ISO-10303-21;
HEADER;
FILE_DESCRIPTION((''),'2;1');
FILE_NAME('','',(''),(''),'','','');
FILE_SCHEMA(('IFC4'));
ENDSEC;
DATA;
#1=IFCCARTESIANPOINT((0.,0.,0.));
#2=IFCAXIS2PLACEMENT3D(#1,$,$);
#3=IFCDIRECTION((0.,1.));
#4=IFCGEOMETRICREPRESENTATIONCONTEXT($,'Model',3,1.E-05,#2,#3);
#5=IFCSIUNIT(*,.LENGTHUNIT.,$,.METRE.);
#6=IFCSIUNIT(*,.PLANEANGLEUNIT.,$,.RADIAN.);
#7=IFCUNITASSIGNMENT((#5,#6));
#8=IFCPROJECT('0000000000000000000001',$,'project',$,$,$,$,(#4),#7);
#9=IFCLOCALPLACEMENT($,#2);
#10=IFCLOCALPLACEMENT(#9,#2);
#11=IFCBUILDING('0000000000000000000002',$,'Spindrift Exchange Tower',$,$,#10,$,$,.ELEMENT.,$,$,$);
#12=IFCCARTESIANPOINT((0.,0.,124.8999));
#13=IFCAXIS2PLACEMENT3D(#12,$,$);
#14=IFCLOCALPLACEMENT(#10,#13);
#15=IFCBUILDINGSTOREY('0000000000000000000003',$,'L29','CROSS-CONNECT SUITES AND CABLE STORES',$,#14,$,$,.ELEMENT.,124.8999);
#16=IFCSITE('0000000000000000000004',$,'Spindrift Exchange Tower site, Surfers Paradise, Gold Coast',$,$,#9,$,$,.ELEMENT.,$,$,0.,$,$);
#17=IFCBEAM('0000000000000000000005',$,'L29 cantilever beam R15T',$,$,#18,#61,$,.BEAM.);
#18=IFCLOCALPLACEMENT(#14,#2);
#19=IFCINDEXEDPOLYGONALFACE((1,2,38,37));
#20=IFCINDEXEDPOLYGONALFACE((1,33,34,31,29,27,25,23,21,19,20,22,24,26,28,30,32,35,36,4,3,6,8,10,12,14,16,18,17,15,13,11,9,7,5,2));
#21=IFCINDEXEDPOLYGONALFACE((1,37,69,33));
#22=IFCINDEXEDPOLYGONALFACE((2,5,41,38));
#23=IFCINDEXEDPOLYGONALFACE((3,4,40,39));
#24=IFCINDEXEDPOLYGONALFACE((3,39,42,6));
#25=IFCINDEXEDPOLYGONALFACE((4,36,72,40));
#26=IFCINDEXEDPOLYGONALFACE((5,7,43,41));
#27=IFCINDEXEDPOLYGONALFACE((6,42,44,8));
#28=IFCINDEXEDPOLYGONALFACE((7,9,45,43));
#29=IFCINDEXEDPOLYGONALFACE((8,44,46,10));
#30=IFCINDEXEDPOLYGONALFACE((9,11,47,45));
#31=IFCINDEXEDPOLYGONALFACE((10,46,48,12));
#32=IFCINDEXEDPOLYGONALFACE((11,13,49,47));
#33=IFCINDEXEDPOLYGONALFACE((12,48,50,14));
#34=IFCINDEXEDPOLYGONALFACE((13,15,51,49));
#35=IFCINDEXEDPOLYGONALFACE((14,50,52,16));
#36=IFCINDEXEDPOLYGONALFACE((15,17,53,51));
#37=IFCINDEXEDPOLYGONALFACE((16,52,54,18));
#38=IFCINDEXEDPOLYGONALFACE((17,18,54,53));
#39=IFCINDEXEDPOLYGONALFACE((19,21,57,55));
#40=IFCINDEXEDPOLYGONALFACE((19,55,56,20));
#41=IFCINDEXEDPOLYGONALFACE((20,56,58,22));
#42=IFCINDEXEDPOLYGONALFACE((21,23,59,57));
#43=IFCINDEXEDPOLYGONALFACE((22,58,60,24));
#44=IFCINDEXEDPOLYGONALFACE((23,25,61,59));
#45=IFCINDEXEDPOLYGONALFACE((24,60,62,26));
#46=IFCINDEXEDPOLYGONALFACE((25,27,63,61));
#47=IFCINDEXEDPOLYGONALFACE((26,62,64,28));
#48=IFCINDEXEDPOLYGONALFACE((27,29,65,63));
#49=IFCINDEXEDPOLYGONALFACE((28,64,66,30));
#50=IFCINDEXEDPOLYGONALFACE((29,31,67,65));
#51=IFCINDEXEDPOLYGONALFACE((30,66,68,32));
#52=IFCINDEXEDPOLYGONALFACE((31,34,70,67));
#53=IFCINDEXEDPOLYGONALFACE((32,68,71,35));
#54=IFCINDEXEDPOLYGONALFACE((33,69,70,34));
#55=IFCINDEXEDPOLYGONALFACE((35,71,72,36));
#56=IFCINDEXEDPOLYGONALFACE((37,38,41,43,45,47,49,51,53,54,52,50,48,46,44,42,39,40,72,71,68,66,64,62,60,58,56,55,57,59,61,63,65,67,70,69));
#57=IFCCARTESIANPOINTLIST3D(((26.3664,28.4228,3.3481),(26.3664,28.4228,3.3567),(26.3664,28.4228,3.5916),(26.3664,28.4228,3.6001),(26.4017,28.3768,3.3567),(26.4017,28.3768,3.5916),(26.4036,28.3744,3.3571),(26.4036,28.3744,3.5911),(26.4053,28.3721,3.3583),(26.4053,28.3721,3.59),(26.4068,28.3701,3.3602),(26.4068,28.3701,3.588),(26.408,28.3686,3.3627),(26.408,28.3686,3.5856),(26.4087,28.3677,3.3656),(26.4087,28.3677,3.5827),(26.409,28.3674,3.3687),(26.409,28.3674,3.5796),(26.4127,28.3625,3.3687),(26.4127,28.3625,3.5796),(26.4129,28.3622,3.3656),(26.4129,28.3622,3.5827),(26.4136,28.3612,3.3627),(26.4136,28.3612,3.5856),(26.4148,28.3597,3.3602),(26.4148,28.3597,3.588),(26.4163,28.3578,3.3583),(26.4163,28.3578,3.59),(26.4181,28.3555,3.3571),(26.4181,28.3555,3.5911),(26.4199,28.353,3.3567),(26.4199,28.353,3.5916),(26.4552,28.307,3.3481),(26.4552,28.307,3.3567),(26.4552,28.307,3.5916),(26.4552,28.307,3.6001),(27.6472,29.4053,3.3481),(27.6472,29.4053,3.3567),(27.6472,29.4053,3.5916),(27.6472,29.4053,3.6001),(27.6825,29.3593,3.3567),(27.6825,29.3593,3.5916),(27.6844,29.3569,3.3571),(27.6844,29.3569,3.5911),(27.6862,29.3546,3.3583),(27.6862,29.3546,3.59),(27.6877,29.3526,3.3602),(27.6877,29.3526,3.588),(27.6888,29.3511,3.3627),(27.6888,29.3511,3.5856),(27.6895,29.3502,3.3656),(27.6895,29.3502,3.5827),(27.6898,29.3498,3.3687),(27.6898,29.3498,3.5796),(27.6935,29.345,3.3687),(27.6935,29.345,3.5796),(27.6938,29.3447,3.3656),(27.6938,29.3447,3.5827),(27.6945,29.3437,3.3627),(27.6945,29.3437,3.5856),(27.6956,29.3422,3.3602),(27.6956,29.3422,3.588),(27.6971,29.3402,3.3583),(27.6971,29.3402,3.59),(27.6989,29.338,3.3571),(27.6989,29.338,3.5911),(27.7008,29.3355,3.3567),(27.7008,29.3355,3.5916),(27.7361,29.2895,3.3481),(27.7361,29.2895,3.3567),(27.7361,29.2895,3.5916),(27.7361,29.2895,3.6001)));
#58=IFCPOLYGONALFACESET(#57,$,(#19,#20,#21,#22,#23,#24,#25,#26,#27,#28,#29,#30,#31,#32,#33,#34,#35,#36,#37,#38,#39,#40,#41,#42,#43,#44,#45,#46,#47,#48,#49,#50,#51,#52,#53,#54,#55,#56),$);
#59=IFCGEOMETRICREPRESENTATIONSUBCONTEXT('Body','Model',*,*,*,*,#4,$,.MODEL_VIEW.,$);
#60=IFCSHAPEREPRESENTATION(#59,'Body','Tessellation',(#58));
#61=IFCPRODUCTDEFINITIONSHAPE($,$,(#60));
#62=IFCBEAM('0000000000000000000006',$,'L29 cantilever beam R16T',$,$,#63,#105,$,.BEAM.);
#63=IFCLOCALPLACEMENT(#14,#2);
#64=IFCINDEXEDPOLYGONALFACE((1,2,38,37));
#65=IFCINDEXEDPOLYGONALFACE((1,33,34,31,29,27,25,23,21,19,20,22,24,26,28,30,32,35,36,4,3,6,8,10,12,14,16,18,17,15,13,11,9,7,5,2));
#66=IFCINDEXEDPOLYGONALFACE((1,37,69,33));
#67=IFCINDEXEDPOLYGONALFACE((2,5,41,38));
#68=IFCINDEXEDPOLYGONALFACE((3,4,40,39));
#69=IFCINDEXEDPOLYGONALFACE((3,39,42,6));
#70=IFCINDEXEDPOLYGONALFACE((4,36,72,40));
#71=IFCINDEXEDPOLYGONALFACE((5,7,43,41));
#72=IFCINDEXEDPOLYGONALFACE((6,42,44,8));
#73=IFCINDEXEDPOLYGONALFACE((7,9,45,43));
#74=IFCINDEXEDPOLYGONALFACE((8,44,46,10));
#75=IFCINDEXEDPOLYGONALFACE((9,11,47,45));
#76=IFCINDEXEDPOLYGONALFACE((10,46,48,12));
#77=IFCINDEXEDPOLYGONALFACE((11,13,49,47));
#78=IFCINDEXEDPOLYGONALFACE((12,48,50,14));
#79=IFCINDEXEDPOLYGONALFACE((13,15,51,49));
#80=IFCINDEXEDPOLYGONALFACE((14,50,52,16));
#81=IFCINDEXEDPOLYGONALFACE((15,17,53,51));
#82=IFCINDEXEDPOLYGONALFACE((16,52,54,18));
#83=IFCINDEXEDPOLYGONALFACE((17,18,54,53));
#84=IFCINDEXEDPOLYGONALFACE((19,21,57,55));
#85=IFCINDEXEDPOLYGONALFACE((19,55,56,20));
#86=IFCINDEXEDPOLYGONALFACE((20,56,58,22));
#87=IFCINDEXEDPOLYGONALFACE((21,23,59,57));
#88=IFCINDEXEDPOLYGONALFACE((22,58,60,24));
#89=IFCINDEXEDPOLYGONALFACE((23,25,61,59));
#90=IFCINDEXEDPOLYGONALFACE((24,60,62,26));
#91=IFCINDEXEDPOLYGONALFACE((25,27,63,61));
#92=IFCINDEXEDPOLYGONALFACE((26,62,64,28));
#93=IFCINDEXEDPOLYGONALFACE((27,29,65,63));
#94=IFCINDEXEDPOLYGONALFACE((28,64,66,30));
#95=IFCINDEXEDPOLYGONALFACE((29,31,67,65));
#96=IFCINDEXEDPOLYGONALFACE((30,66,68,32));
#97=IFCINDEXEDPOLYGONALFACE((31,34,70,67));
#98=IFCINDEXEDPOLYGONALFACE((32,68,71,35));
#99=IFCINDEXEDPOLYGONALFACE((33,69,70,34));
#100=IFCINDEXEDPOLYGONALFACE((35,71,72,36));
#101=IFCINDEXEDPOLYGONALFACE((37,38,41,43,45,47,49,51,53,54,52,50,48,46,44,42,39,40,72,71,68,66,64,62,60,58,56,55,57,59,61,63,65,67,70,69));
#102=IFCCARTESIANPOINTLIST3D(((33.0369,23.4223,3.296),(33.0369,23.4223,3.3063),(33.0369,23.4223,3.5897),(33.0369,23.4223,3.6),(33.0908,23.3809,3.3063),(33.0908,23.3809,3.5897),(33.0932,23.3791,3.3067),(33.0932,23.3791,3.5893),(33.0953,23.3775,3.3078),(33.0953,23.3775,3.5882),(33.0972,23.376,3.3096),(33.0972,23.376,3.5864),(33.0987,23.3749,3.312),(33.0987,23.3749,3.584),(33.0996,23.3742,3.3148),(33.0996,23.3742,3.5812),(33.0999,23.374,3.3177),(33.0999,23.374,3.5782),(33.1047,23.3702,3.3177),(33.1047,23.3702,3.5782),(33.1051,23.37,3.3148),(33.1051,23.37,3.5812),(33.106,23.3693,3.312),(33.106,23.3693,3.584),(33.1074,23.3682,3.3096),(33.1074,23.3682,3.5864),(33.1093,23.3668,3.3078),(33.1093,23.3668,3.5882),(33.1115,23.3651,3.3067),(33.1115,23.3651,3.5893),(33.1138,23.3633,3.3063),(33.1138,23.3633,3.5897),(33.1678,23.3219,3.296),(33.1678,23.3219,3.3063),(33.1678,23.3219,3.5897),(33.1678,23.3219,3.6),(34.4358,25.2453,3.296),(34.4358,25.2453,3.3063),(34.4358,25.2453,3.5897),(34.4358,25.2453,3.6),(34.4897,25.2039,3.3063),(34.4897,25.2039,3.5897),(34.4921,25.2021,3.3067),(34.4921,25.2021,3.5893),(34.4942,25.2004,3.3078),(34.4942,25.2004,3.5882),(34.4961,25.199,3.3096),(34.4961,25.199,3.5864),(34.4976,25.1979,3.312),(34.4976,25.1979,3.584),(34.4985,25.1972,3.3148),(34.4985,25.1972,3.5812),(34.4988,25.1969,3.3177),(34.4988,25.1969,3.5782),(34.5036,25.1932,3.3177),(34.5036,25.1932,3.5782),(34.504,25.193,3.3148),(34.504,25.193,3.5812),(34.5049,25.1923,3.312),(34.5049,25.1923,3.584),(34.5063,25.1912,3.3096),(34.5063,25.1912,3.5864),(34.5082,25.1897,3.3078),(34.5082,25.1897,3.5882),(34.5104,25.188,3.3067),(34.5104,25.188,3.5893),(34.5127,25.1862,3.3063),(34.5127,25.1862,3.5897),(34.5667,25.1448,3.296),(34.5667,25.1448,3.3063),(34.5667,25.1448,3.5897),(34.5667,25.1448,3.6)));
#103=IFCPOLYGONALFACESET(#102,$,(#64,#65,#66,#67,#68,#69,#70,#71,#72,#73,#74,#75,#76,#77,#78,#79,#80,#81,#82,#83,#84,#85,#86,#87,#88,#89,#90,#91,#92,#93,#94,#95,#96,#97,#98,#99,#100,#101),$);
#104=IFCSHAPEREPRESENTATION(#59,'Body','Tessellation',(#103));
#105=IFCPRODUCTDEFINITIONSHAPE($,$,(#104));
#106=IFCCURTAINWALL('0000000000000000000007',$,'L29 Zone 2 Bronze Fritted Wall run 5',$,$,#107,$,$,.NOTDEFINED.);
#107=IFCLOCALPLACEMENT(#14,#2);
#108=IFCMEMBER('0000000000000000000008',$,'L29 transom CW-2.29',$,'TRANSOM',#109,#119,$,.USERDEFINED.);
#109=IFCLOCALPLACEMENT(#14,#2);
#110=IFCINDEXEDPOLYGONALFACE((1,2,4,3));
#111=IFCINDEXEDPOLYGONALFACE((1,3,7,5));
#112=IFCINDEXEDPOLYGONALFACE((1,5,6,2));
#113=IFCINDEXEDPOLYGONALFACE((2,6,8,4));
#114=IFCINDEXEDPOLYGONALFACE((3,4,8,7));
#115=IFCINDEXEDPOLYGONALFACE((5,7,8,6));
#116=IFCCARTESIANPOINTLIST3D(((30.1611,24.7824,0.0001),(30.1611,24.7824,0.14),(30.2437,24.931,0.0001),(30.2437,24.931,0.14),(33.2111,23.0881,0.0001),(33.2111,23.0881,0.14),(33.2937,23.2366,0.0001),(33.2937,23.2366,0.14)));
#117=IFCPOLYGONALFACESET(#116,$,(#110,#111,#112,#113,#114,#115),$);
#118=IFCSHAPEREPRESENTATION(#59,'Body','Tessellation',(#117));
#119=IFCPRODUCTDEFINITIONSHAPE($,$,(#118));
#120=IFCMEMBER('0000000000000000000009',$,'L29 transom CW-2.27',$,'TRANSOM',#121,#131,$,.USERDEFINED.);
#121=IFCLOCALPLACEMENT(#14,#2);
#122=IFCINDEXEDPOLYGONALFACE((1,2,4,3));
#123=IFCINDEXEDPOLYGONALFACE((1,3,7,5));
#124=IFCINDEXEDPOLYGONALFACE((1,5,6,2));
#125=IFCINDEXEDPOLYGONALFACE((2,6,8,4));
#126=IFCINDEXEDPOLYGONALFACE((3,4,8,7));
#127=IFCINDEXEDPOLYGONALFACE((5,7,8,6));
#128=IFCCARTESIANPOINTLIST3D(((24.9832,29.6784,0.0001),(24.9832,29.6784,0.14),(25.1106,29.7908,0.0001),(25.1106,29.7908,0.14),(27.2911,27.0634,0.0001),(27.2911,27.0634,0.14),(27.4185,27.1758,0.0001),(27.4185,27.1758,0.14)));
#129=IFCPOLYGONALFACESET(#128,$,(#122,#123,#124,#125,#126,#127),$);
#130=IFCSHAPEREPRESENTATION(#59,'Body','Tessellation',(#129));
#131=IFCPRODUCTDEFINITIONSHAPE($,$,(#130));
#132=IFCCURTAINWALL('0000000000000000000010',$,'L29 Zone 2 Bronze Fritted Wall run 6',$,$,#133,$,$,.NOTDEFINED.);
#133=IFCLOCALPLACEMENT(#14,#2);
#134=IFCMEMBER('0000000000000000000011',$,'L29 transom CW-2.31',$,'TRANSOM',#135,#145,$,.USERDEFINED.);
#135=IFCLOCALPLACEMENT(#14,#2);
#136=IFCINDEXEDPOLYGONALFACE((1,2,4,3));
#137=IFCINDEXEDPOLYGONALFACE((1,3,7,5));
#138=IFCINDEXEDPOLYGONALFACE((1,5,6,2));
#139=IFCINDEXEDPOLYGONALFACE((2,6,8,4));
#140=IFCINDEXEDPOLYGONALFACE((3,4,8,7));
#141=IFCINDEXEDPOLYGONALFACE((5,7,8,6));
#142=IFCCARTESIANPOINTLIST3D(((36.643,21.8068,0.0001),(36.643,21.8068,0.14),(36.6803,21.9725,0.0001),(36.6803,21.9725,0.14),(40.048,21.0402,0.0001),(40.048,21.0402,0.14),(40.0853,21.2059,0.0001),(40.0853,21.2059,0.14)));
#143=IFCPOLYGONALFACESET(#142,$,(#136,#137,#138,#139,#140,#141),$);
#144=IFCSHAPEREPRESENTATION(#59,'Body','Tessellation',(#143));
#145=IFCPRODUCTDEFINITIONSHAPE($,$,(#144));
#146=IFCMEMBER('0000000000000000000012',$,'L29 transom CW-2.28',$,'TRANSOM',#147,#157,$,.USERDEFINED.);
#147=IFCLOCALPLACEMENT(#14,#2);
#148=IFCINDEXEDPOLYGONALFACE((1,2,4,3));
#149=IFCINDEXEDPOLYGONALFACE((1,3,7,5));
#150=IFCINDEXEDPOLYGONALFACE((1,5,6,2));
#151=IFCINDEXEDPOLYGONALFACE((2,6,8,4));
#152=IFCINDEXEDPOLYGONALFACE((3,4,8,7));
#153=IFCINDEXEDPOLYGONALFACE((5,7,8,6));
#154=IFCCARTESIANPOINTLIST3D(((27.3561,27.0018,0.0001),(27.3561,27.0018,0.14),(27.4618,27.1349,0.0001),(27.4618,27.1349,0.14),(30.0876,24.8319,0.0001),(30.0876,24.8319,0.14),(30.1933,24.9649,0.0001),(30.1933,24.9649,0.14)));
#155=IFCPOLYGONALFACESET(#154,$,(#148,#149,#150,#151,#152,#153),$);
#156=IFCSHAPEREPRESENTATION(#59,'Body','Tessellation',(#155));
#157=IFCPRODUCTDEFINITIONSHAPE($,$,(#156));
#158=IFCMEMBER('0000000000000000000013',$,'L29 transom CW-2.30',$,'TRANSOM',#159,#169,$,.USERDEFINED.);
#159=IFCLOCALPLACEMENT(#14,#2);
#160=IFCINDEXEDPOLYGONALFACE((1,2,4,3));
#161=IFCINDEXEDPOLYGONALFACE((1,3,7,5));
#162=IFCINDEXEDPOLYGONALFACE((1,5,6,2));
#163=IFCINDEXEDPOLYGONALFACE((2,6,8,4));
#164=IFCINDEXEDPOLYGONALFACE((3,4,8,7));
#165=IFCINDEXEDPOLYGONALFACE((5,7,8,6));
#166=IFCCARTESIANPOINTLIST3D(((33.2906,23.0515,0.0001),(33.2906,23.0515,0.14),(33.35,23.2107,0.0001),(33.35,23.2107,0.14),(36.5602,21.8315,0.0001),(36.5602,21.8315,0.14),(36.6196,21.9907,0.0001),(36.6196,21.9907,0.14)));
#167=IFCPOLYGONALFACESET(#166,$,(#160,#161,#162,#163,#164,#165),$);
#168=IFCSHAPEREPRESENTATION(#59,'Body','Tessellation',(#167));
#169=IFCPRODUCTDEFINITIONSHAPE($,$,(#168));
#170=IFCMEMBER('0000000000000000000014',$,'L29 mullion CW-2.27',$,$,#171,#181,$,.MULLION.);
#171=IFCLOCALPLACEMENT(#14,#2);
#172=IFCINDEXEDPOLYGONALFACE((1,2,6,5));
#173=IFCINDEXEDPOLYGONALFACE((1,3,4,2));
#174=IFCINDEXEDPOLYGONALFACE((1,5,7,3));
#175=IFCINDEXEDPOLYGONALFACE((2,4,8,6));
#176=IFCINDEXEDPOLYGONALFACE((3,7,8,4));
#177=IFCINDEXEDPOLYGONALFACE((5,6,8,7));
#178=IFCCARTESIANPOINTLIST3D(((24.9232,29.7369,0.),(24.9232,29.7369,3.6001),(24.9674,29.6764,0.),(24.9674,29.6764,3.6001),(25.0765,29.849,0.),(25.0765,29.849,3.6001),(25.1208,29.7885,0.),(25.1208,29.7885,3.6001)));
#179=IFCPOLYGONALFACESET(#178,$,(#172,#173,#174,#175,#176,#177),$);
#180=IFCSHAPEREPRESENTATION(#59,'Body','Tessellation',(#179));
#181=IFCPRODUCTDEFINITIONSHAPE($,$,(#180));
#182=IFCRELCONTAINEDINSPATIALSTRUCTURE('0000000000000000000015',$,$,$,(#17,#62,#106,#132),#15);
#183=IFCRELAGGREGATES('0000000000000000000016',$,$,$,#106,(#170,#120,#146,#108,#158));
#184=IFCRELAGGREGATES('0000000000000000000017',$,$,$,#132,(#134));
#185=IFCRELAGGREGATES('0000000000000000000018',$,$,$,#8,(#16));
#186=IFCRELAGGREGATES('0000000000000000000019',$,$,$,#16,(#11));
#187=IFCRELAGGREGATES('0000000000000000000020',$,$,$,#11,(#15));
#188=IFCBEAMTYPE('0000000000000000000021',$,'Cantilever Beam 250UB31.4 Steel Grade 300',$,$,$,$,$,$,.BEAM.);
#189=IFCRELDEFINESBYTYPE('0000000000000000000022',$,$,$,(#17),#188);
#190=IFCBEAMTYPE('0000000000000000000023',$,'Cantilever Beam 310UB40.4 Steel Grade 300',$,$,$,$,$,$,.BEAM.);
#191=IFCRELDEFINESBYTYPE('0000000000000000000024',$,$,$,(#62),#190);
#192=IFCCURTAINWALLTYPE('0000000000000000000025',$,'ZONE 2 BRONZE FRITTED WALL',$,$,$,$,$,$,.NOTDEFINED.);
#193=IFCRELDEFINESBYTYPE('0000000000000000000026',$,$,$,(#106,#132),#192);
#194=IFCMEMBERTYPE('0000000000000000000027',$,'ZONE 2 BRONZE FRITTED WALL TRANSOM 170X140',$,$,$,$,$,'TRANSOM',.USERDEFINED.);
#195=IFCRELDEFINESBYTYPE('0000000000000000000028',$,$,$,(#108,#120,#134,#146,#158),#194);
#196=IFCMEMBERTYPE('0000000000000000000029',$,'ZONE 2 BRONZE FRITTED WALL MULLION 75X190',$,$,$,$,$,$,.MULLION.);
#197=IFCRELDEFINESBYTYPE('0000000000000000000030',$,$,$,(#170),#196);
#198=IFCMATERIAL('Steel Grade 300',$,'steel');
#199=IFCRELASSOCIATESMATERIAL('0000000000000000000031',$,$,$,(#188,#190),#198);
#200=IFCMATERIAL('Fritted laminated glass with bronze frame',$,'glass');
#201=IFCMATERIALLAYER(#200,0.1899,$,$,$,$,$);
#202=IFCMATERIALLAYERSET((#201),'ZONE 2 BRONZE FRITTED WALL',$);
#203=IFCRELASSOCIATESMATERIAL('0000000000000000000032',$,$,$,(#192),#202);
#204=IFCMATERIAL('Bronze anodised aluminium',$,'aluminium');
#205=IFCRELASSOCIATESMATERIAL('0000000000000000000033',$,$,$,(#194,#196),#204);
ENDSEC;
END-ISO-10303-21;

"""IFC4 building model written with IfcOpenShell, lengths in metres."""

from ifc_helpers import new_model, si_unit, direction, frame, origin, origin_2d, place, context, subcontext, project, spatial, rectangle, i_section, extrude, source, transform, mapped, material, layer, layer_set, material_profile, profile_set, type_object, element, aggregate, save


model = new_model("IFC4")

# Units and contexts
model_context = context("Model", 3, precision=1e-05, world=origin(), true_north=direction((0.0, 1.0)))
body_context = subcontext(model_context, "Body", "Model", "MODEL_VIEW")
ifc_project = project(units=[si_unit("LENGTHUNIT", "METRE"), si_unit("PLANEANGLEUNIT", "RADIAN")], contexts=[model_context])

# Site, building, storey
site_placement = place(None, origin())
site = spatial("IfcSite", under=ifc_project, at=site_placement, Name="Spindrift Exchange Tower site, Surfers Paradise, Gold Coast", CompositionType="ELEMENT", RefElevation=0.0)
building_placement = place(site_placement, origin())
building = spatial("IfcBuilding", under=site, at=building_placement, Name="Spindrift Exchange Tower", CompositionType="ELEMENT")
storey_placement = place(building_placement, frame((0.0, 0.0, 124.8999)))
storey = spatial("IfcBuildingStorey", under=building, at=storey_placement, Name="L29", Description="CROSS-CONNECT SUITES AND CABLE STORES", CompositionType="ELEMENT", Elevation=124.8999)

# Beams
ifc_material_1 = material(Name="Steel Grade 300", Category="steel")
ifc_material_profile_1 = material_profile(ifc_material_1, i_section(OverallWidth=0.146, OverallDepth=0.252, WebThickness=0.0061, FlangeThickness=0.0085, FilletRadius=0.012, at=origin_2d()), Name="250UB31.4")
ifc_profile_set_1 = profile_set([ifc_material_profile_1], Name="Steel Grade 300")
beam_type_1 = type_object("IfcBeamType", Name="Cantilever Beam 250UB31.4 Steel Grade 300", PredefinedType="BEAM", material=ifc_profile_set_1)
shared_shape_1 = source(origin(), body_context, "Body", "SweptSolid", [
    extrude(i_section(OverallWidth=0.146, OverallDepth=0.252, WebThickness=0.0061, FlangeThickness=0.0085, FilletRadius=0.012, at=origin_2d()), origin(), (0.0, 0.0, 1.0), 1.6143),
])
beam_1_placement = place(storey_placement, frame((27.6917, 29.3474, 3.4741), z_axis=(-0.793455, -0.608628, 0.0), x_axis=(0.608628, -0.793455, 0.0)))
element("IfcBeam", 1, at=beam_1_placement, inside=storey, type_object=beam_type_1, Name="L29 cantilever beam R15T", PredefinedType="BEAM", context=body_context, shape_type="MappedRepresentation", body=[
    mapped(shared_shape_1, transform((0.0, 0.0, 0.0), scale=1.0)),
])
ifc_material_profile_2 = material_profile(ifc_material_1, i_section(OverallWidth=0.165, OverallDepth=0.304, WebThickness=0.0061, FlangeThickness=0.0103, FilletRadius=0.0115, at=origin_2d()), Name="310UB40.4")
ifc_profile_set_2 = profile_set([ifc_material_profile_2], Name="Steel Grade 300")
beam_type_2 = type_object("IfcBeamType", Name="Cantilever Beam 310UB40.4 Steel Grade 300", PredefinedType="BEAM", material=ifc_profile_set_2)
shared_shape_2 = source(origin(), body_context, "Body", "SweptSolid", [
    extrude(i_section(OverallWidth=0.165, OverallDepth=0.304, WebThickness=0.0061, FlangeThickness=0.0103, FilletRadius=0.0115, at=origin_2d()), origin(), (0.0, 0.0, 1.0), 2.2979),
])
beam_2_placement = place(storey_placement, frame((34.5012, 25.1951, 3.448), z_axis=(-0.608786, -0.793334, 0.0), x_axis=(0.793334, -0.608786, 0.0)))
element("IfcBeam", 2, at=beam_2_placement, inside=storey, type_object=beam_type_2, Name="L29 cantilever beam R16T", PredefinedType="BEAM", context=body_context, shape_type="MappedRepresentation", body=[
    mapped(shared_shape_2, transform((0.0, 0.0, 0.0), scale=1.0)),
])

# Curtain wall, members
ifc_material_2 = material(Name="Fritted laminated glass with bronze frame", Category="glass")
ifc_layer_1 = layer(ifc_material_2, 0.1899)
ifc_layer_set_1 = layer_set([ifc_layer_1], Name="ZONE 2 BRONZE FRITTED WALL")
curtain_wall_type = type_object("IfcCurtainWallType", Name="ZONE 2 BRONZE FRITTED WALL", PredefinedType="NOTDEFINED", material=ifc_layer_set_1)
curtain_wall_1_placement = place(storey_placement, origin())
curtain_wall_1 = element("IfcCurtainWall", 3, at=curtain_wall_1_placement, inside=storey, type_object=curtain_wall_type, Name="L29 Zone 2 Bronze Fritted Wall run 5", PredefinedType="NOTDEFINED")
ifc_material_3 = material(Name="Bronze anodised aluminium", Category="aluminium")
ifc_material_profile_3 = material_profile(ifc_material_3, rectangle(XDim=0.1699, YDim=0.1399, at=origin_2d()), Name="ZONE 2 BRONZE FRITTED WALL TRANSOM 170X140")
ifc_profile_set_3 = profile_set([ifc_material_profile_3], Name="Bronze anodised aluminium")
member_type_1 = type_object("IfcMemberType", Name="ZONE 2 BRONZE FRITTED WALL TRANSOM 170X140", ElementType="TRANSOM", PredefinedType="USERDEFINED", material=ifc_profile_set_3)
shared_shape_3 = source(origin(), body_context, "Body", "SweptSolid", [
    extrude(rectangle(XDim=0.1699, YDim=0.1399, at=origin_2d()), origin(), (0.0, 0.0, 1.0), 3.489),
])
member_1_placement = place(storey_placement, frame((30.2024, 24.8567, 0.0701), z_axis=(0.874174, -0.485613, 0.0), x_axis=(0.485613, 0.874174, 0.0)))
member_1 = element("IfcMember", 4, at=member_1_placement, type_object=member_type_1, Name="L29 transom CW-2.29", ObjectType="TRANSOM", PredefinedType="USERDEFINED", context=body_context, shape_type="MappedRepresentation", body=[
    mapped(shared_shape_3, transform((0.0, 0.0, 0.0), scale=1.0)),
])
shared_shape_4 = source(origin(), body_context, "Body", "SweptSolid", [
    extrude(rectangle(XDim=0.1699, YDim=0.1399, at=origin_2d()), origin(), (0.0, 0.0, 1.0), 3.4878),
])
member_2_placement = place(storey_placement, frame((25.0469, 29.7346, 0.0701), z_axis=(0.661705, -0.749764, 0.0), x_axis=(0.749764, 0.661705, 0.0)))
member_2 = element("IfcMember", 5, at=member_2_placement, type_object=member_type_1, Name="L29 transom CW-2.27", ObjectType="TRANSOM", PredefinedType="USERDEFINED", context=body_context, shape_type="MappedRepresentation", body=[
    mapped(shared_shape_4, transform((0.0, 0.0, 0.0), scale=1.0)),
])

# Curtain wall, member
curtain_wall_2_placement = place(storey_placement, origin())
curtain_wall_2 = element("IfcCurtainWall", 6, at=curtain_wall_2_placement, inside=storey, type_object=curtain_wall_type, Name="L29 Zone 2 Bronze Fritted Wall run 6", PredefinedType="NOTDEFINED")
shared_shape_5 = source(origin(), body_context, "Body", "SweptSolid", [
    extrude(rectangle(XDim=0.1699, YDim=0.1399, at=origin_2d()), origin(), (0.0, 0.0, 1.0), 3.4902),
])
member_3_placement = place(storey_placement, frame((36.6616, 21.8896, 0.0701), z_axis=(0.975581, -0.21964, 0.0), x_axis=(0.21964, 0.975581, 0.0)))
member_3 = element("IfcMember", 7, at=member_3_placement, type_object=member_type_1, Name="L29 transom CW-2.31", ObjectType="TRANSOM", PredefinedType="USERDEFINED", context=body_context, shape_type="MappedRepresentation", body=[
    mapped(shared_shape_5, transform((0.0, 0.0, 0.0), scale=1.0)),
])

# Members
shared_shape_6 = source(origin(), body_context, "Body", "SweptSolid", [
    extrude(rectangle(XDim=0.1699, YDim=0.1399, at=origin_2d()), origin(), (0.0, 0.0, 1.0), 3.4885),
])
member_4_placement = place(storey_placement, frame((27.4089, 27.0684, 0.0701), z_axis=(0.782995, -0.622029, 0.0), x_axis=(0.622029, 0.782995, 0.0)))
member_4 = element("IfcMember", 8, at=member_4_placement, type_object=member_type_1, Name="L29 transom CW-2.28", ObjectType="TRANSOM", PredefinedType="USERDEFINED", context=body_context, shape_type="MappedRepresentation", body=[
    mapped(shared_shape_6, transform((0.0, 0.0, 0.0), scale=1.0)),
])
shared_shape_7 = source(origin(), body_context, "Body", "SweptSolid", [
    extrude(rectangle(XDim=0.1699, YDim=0.1399, at=origin_2d()), origin(), (0.0, 0.0, 1.0), 3.4897),
])
member_5_placement = place(storey_placement, frame((33.3203, 23.1311, 0.0701), z_axis=(0.936903, -0.34959, 0.0), x_axis=(0.34959, 0.936903, 0.0)))
member_5 = element("IfcMember", 9, at=member_5_placement, type_object=member_type_1, Name="L29 transom CW-2.30", ObjectType="TRANSOM", PredefinedType="USERDEFINED", context=body_context, shape_type="MappedRepresentation", body=[
    mapped(shared_shape_7, transform((0.0, 0.0, 0.0), scale=1.0)),
])
ifc_material_profile_4 = material_profile(ifc_material_3, rectangle(XDim=0.075, YDim=0.1899, at=origin_2d()), Name="ZONE 2 BRONZE FRITTED WALL MULLION 75X190")
ifc_profile_set_4 = profile_set([ifc_material_profile_4], Name="Bronze anodised aluminium")
member_type_2 = type_object("IfcMemberType", Name="ZONE 2 BRONZE FRITTED WALL MULLION 75X190", PredefinedType="MULLION", material=ifc_profile_set_4)
shared_shape_8 = source(origin(), body_context, "Body", "SweptSolid", [
    extrude(rectangle(XDim=0.075, YDim=0.1899, at=origin_2d()), origin(), (0.0, 0.0, 1.0), 3.6001),
])
member_6_placement = place(storey_placement, frame((25.022, 29.7627, 0.0), z_axis=(0.0, 0.0, 1.0), x_axis=(0.590284, -0.807196, 0.0)))
member_6 = element("IfcMember", 10, at=member_6_placement, type_object=member_type_2, Name="L29 mullion CW-2.27", PredefinedType="MULLION", context=body_context, shape_type="MappedRepresentation", body=[
    mapped(shared_shape_8, transform((0.0, 0.0, 0.0), scale=1.0)),
])

aggregate(curtain_wall_1, [member_6, member_2, member_4, member_1, member_5])
aggregate(curtain_wall_2, [member_3])

save(model, "model.ifc")
